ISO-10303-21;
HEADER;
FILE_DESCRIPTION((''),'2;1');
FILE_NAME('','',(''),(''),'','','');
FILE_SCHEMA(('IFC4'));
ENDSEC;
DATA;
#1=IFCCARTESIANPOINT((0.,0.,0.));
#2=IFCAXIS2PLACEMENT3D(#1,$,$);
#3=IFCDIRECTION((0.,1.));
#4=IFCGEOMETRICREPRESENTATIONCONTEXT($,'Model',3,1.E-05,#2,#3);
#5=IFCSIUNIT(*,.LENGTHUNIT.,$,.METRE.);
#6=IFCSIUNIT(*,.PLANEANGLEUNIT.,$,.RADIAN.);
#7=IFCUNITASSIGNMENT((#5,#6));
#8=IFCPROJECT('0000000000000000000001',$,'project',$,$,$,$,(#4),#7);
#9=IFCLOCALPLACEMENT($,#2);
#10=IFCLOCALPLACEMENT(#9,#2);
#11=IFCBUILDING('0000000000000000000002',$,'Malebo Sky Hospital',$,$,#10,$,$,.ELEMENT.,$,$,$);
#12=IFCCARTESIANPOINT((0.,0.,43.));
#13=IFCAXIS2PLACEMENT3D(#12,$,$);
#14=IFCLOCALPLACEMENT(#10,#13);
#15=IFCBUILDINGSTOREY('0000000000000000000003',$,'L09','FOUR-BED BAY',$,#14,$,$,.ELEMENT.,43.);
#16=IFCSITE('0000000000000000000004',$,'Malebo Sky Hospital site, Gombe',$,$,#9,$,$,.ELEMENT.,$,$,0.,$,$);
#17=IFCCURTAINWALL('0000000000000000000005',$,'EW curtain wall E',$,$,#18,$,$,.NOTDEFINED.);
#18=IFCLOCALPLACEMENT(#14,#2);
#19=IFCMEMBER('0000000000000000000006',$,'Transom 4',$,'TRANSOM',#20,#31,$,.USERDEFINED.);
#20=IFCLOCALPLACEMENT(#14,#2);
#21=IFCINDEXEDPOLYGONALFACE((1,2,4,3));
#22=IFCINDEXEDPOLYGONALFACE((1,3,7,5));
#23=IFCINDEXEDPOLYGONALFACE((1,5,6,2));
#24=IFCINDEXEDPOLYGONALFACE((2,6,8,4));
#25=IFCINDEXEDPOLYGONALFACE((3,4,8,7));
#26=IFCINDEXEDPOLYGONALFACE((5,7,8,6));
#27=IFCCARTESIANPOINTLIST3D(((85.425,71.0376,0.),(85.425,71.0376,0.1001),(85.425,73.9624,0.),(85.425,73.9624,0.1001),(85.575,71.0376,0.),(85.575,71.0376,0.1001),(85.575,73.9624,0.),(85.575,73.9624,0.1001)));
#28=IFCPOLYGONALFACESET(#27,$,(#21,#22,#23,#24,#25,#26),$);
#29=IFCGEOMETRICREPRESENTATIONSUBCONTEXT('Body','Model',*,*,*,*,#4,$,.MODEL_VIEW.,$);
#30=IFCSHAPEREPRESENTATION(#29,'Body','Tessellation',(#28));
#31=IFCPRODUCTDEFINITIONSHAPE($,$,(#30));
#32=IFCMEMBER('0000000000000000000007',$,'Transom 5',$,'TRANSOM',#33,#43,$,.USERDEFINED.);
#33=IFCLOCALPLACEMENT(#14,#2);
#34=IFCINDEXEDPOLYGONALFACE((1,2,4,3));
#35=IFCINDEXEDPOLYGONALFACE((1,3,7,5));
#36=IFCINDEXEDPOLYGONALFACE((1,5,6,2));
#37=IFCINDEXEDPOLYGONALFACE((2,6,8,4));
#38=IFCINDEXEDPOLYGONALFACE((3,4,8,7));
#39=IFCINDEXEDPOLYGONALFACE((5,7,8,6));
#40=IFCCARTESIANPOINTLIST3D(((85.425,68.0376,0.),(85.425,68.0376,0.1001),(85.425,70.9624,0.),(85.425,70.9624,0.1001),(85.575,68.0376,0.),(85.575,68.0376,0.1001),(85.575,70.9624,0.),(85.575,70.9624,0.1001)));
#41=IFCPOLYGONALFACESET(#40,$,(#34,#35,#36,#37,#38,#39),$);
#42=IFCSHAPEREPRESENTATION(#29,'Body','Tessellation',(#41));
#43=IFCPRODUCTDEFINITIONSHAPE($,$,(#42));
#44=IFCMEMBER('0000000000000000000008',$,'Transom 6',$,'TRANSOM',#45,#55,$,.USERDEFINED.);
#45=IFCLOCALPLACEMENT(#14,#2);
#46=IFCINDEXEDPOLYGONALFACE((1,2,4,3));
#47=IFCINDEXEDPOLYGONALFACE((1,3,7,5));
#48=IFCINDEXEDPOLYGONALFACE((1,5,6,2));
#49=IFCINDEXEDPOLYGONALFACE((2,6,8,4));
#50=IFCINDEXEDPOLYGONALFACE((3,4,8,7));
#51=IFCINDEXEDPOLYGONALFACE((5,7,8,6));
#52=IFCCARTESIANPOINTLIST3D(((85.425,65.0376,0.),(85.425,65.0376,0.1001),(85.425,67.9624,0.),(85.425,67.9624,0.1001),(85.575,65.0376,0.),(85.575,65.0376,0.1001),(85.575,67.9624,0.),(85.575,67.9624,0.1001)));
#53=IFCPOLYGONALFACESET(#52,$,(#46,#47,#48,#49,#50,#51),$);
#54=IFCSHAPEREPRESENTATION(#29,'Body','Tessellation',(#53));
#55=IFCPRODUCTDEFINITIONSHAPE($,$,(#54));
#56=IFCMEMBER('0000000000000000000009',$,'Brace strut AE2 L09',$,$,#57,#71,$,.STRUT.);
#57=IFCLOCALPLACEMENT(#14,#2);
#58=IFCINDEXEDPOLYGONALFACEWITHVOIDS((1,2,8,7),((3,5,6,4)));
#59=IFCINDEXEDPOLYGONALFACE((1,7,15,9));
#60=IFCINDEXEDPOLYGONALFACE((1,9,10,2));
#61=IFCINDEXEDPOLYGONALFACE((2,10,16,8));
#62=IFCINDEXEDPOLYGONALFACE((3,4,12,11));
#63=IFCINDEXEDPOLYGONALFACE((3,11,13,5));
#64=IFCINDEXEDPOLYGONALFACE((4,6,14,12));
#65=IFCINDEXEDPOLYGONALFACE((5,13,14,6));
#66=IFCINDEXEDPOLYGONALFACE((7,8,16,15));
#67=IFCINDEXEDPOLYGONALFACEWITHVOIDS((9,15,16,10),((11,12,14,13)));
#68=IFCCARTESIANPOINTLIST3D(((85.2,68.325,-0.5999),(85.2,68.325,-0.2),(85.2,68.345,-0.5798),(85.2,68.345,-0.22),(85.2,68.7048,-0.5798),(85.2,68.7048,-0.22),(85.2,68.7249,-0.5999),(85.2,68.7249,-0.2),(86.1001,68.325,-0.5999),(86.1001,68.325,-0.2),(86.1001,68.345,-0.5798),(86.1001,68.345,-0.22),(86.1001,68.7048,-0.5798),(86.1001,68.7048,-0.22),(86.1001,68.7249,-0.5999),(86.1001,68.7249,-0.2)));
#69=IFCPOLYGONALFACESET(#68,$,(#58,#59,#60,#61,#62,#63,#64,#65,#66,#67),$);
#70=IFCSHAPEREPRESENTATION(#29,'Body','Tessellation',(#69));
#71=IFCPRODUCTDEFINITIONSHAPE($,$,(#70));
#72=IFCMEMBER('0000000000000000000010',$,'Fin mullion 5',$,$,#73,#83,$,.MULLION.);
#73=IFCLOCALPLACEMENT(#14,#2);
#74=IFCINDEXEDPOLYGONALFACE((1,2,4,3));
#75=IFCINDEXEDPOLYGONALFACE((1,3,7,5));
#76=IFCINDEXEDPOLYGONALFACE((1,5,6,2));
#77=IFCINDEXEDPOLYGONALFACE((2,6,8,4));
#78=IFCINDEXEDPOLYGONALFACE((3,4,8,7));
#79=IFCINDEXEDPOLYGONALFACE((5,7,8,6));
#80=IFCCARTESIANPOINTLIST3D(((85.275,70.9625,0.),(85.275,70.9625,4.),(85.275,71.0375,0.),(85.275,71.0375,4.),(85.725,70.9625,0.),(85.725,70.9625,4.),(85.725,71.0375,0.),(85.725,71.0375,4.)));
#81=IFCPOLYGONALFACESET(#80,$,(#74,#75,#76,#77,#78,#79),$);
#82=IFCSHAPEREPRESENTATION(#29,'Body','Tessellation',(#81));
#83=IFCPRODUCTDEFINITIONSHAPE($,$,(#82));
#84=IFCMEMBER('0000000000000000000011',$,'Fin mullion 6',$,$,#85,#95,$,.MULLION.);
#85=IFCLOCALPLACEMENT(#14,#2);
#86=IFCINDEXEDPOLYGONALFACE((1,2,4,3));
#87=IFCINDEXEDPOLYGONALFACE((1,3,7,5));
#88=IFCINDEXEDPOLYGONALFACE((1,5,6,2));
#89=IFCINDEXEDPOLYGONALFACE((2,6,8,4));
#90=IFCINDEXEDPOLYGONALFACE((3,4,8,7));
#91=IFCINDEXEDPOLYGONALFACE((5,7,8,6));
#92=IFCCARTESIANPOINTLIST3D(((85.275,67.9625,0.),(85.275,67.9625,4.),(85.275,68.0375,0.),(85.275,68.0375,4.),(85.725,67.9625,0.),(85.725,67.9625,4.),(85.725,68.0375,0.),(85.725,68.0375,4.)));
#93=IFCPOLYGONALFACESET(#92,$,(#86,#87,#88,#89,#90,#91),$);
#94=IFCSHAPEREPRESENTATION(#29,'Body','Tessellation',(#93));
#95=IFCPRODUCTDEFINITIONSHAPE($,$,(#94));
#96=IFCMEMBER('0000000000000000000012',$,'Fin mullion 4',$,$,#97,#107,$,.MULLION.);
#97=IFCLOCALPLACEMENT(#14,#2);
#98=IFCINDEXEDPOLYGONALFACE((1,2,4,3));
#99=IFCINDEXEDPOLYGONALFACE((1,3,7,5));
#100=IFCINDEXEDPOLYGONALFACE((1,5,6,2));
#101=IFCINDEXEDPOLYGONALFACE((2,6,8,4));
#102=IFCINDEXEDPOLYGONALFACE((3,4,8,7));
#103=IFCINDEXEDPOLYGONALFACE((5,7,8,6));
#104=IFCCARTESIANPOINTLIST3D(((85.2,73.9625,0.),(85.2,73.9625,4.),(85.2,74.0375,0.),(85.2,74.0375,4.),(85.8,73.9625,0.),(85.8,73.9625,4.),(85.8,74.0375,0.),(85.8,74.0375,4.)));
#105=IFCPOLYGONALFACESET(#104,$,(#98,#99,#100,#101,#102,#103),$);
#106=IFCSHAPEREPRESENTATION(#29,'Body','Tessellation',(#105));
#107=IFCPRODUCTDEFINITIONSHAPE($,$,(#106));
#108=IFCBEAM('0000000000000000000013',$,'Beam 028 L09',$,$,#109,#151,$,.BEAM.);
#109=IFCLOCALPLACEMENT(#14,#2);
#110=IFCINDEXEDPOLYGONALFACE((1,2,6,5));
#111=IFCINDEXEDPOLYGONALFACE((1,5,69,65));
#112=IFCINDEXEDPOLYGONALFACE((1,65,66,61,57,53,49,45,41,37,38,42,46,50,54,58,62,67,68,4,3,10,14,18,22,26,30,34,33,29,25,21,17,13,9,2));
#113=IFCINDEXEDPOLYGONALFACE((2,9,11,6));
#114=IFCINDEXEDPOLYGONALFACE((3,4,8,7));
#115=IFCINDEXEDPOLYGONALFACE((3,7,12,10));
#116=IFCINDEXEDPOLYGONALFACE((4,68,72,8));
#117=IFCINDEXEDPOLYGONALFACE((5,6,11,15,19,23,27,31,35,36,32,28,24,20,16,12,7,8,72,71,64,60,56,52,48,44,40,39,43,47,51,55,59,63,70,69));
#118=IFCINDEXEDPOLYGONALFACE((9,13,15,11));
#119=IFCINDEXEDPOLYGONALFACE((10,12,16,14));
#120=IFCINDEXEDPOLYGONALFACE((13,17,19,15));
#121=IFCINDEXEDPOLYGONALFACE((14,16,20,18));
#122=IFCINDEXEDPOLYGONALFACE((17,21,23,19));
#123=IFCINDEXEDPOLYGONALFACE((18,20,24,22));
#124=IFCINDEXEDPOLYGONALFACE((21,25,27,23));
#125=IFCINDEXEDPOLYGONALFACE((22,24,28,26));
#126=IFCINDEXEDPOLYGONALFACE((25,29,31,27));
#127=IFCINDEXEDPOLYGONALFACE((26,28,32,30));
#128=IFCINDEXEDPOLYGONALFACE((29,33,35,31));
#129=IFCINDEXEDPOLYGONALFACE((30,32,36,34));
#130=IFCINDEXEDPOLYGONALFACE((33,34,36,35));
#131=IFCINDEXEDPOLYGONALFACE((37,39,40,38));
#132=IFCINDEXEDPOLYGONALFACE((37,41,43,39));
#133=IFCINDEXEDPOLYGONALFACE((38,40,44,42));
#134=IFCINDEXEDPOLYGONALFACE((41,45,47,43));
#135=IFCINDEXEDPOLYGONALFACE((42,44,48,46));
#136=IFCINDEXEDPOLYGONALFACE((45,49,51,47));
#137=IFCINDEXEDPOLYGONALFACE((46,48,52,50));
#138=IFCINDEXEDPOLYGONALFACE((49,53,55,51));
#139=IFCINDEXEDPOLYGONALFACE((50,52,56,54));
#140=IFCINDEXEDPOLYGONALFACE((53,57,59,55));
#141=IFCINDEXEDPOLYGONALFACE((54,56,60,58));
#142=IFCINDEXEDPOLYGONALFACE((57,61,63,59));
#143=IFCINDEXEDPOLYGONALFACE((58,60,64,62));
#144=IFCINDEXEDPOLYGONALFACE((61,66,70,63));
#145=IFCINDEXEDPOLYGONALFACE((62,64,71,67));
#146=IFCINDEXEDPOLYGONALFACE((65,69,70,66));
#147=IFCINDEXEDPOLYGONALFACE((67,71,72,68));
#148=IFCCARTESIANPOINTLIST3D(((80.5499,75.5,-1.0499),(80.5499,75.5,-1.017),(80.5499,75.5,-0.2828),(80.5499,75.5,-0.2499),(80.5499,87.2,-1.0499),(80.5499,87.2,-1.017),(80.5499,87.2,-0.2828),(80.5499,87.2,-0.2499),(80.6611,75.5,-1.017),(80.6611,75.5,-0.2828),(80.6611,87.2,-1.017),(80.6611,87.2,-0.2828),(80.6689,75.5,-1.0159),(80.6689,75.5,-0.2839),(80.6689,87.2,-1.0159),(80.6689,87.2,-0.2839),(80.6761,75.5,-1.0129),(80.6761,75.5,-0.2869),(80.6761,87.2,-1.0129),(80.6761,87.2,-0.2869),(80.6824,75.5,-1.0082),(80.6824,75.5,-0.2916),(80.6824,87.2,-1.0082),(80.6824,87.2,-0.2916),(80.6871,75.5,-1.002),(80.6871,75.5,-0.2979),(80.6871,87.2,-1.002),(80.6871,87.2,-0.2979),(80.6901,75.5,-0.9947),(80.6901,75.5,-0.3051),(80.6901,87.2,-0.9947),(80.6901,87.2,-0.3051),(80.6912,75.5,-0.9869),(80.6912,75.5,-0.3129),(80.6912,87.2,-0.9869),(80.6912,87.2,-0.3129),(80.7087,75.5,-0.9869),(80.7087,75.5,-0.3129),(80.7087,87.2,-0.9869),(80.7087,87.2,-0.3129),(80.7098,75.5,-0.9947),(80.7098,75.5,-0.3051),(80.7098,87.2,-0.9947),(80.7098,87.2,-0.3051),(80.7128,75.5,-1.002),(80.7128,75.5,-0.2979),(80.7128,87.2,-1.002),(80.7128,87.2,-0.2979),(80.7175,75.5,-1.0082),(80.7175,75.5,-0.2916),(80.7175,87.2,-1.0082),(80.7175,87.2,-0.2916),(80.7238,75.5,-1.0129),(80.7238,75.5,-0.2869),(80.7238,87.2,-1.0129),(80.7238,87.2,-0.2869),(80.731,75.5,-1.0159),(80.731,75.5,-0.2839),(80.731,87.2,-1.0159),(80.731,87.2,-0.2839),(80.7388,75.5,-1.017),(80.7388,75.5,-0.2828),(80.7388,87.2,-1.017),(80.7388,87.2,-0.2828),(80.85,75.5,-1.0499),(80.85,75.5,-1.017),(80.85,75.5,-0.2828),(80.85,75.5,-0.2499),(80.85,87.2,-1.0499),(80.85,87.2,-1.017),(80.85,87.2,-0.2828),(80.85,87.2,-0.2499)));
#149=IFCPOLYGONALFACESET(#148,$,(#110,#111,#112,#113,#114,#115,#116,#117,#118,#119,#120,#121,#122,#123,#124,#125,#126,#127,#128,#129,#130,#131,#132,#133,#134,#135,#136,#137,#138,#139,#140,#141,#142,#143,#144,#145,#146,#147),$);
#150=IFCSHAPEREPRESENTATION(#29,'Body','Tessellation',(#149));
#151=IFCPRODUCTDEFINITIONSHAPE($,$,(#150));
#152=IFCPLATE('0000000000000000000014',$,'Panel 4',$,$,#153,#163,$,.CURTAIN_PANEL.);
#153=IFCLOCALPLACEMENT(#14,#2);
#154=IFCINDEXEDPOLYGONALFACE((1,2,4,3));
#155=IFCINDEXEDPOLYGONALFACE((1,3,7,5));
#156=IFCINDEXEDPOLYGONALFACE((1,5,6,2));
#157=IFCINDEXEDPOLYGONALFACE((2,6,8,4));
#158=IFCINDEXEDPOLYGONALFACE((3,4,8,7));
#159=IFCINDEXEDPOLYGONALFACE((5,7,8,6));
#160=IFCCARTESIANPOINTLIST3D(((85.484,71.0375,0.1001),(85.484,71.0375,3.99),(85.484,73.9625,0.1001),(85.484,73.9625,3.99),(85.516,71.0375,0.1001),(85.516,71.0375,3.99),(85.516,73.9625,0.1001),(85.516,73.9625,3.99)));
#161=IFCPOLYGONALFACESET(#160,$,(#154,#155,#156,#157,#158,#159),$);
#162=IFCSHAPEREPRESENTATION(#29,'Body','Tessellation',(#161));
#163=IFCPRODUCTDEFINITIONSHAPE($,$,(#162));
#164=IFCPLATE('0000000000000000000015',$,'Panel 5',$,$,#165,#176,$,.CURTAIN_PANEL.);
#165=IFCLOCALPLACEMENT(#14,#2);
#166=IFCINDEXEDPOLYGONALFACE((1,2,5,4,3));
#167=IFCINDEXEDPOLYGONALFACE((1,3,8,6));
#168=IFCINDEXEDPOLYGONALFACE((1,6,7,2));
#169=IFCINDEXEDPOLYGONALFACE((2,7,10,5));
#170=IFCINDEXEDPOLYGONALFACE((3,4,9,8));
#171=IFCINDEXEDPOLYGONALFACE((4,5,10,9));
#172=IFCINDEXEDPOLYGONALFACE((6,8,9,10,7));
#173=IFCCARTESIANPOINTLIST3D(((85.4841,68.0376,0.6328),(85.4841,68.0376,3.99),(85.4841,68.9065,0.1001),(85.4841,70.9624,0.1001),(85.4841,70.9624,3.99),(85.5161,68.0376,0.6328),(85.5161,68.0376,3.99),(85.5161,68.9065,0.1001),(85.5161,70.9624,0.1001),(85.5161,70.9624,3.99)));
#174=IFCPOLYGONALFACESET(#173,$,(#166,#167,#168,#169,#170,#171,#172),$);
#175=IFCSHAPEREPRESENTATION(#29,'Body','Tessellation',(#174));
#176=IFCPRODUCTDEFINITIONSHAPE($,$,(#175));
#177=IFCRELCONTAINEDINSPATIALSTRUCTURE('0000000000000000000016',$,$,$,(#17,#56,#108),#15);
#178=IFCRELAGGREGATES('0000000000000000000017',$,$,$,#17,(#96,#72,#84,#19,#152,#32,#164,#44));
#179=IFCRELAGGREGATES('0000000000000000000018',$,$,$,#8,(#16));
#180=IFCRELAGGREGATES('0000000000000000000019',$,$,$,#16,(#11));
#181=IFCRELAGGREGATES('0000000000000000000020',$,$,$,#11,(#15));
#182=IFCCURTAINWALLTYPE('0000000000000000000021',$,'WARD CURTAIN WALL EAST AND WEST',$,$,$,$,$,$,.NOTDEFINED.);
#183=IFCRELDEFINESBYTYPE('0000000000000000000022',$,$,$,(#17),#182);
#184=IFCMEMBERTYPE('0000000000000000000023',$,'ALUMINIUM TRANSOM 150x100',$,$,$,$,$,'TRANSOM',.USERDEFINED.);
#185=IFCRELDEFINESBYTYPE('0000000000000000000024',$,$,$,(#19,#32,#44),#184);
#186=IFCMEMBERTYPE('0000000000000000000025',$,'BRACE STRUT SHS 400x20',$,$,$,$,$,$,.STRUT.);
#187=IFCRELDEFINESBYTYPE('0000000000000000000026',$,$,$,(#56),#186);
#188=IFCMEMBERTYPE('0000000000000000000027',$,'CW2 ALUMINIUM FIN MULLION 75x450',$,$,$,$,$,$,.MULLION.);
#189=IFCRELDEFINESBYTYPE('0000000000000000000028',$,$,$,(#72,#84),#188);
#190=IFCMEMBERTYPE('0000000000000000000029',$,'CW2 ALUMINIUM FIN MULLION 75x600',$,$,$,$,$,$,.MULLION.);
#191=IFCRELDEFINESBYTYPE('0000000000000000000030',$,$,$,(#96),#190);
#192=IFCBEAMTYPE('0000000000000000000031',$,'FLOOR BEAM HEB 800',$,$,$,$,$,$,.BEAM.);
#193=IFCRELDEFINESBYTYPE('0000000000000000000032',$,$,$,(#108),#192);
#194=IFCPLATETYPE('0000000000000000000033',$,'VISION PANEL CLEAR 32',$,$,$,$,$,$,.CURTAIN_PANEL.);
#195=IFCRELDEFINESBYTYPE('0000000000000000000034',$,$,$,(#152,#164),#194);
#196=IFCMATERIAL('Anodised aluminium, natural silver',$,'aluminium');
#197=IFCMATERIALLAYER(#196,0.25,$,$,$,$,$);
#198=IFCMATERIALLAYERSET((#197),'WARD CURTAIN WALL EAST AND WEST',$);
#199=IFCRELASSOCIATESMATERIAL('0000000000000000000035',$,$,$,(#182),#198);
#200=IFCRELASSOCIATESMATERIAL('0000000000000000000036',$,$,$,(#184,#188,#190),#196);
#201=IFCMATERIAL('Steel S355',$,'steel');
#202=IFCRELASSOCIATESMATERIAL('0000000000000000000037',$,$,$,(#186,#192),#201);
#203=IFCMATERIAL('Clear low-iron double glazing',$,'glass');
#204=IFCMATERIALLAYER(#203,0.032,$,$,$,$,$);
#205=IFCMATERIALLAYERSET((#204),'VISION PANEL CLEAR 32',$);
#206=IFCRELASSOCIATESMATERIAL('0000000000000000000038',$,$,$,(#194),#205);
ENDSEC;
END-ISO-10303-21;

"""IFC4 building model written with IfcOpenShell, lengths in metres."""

from ifc_helpers import new_model, si_unit, direction, frame, origin, origin_2d, place, context, subcontext, project, spatial, polyline, rectangle, hollow_rectangle, i_section, outline, extrude, material, layer, layer_set, material_profile, profile_set, type_object, element, aggregate, save


model = new_model("IFC4")

# Units and contexts
model_context = context("Model", 3, precision=1e-05, world=origin(), true_north=direction((0.0, 1.0)))
body_context = subcontext(model_context, "Body", "Model", "MODEL_VIEW")
ifc_project = project(units=[si_unit("LENGTHUNIT", "METRE"), si_unit("PLANEANGLEUNIT", "RADIAN")], contexts=[model_context])

# Site, building, storey
site_placement = place(None, origin())
site = spatial("IfcSite", under=ifc_project, at=site_placement, Name="Malebo Sky Hospital site, Gombe", CompositionType="ELEMENT", RefElevation=0.0)
building_placement = place(site_placement, origin())
building = spatial("IfcBuilding", under=site, at=building_placement, Name="Malebo Sky Hospital", CompositionType="ELEMENT")
storey_placement = place(building_placement, frame((0.0, 0.0, 43.0)))
storey = spatial("IfcBuildingStorey", under=building, at=storey_placement, Name="L09", Description="FOUR-BED BAY", CompositionType="ELEMENT", Elevation=43.0)

# Curtain wall, members
ifc_material_1 = material(Name="Anodised aluminium, natural silver", Category="aluminium")
ifc_layer_1 = layer(ifc_material_1, 0.25)
ifc_layer_set_1 = layer_set([ifc_layer_1], Name="WARD CURTAIN WALL EAST AND WEST")
curtain_wall_type = type_object("IfcCurtainWallType", Name="WARD CURTAIN WALL EAST AND WEST", PredefinedType="NOTDEFINED", material=ifc_layer_set_1)
curtain_wall_placement = place(storey_placement, origin())
curtain_wall = element("IfcCurtainWall", 1, at=curtain_wall_placement, inside=storey, type_object=curtain_wall_type, Name="EW curtain wall E", PredefinedType="NOTDEFINED")
ifc_material_profile_1 = material_profile(ifc_material_1, rectangle(XDim=0.1499, YDim=0.1001, at=origin_2d()), Name="ALUMINIUM TRANSOM 150x100")
ifc_profile_set_1 = profile_set([ifc_material_profile_1], Name="Anodised aluminium, natural silver")
member_type_1 = type_object("IfcMemberType", Name="ALUMINIUM TRANSOM 150x100", ElementType="TRANSOM", PredefinedType="USERDEFINED", material=ifc_profile_set_1)
member_1_placement = place(storey_placement, frame((85.5, 73.9624, 0.05), z_axis=(0.0, -1.0, 0.0), x_axis=(1.0, 0.0, 0.0)))
member_1 = element("IfcMember", 2, at=member_1_placement, type_object=member_type_1, Name="Transom 4", ObjectType="TRANSOM", PredefinedType="USERDEFINED", context=body_context, shape_type="SweptSolid", body=[
    extrude(rectangle(XDim=0.1499, YDim=0.1001, at=origin_2d()), origin(), (0.0, 0.0, 1.0), 2.9248),
])
member_2_placement = place(storey_placement, frame((85.5, 70.9624, 0.05), z_axis=(0.0, -1.0, 0.0), x_axis=(1.0, 0.0, 0.0)))
member_2 = element("IfcMember", 3, at=member_2_placement, type_object=member_type_1, Name="Transom 5", ObjectType="TRANSOM", PredefinedType="USERDEFINED", context=body_context, shape_type="SweptSolid", body=[
    extrude(rectangle(XDim=0.1499, YDim=0.1001, at=origin_2d()), origin(), (0.0, 0.0, 1.0), 2.9248),
])
member_3_placement = place(storey_placement, frame((85.5, 67.9624, 0.05), z_axis=(0.0, -1.0, 0.0), x_axis=(1.0, 0.0, 0.0)))
member_3 = element("IfcMember", 4, at=member_3_placement, type_object=member_type_1, Name="Transom 6", ObjectType="TRANSOM", PredefinedType="USERDEFINED", context=body_context, shape_type="SweptSolid", body=[
    extrude(rectangle(XDim=0.1499, YDim=0.1001, at=origin_2d()), origin(), (0.0, 0.0, 1.0), 2.9248),
])

# Members
ifc_material_2 = material(Name="Steel S355", Category="steel")
ifc_material_profile_2 = material_profile(ifc_material_2, hollow_rectangle(XDim=0.3999, YDim=0.3999, WallThickness=0.02, at=origin_2d()), Name="SHS 400x20")
ifc_profile_set_2 = profile_set([ifc_material_profile_2], Name="Steel S355")
member_type_2 = type_object("IfcMemberType", Name="BRACE STRUT SHS 400x20", PredefinedType="STRUT", material=ifc_profile_set_2)
member_4_placement = place(storey_placement, frame((86.1001, 68.5249, -0.3999), z_axis=(-1.0, 0.0, 0.0), x_axis=(0.0, -1.0, 0.0)))
element("IfcMember", 5, at=member_4_placement, inside=storey, type_object=member_type_2, Name="Brace strut AE2 L09", PredefinedType="STRUT", context=body_context, shape_type="SweptSolid", body=[
    extrude(hollow_rectangle(XDim=0.3999, YDim=0.3999, WallThickness=0.02, at=origin_2d()), origin(), (0.0, 0.0, 1.0), 0.9001),
])
ifc_material_profile_3 = material_profile(ifc_material_1, rectangle(XDim=0.075, YDim=0.45, at=origin_2d()), Name="CW2 ALUMINIUM FIN MULLION 75x450")
ifc_profile_set_3 = profile_set([ifc_material_profile_3], Name="Anodised aluminium, natural silver")
member_type_3 = type_object("IfcMemberType", Name="CW2 ALUMINIUM FIN MULLION 75x450", PredefinedType="MULLION", material=ifc_profile_set_3)
member_5_placement = place(storey_placement, frame((85.5, 71.0, 0.0), z_axis=(0.0, 0.0, 1.0), x_axis=(0.0, -1.0, 0.0)))
member_5 = element("IfcMember", 6, at=member_5_placement, type_object=member_type_3, Name="Fin mullion 5", PredefinedType="MULLION", context=body_context, shape_type="SweptSolid", body=[
    extrude(rectangle(XDim=0.075, YDim=0.45, at=origin_2d()), origin(), (0.0, 0.0, 1.0), 4.0),
])
member_6_placement = place(storey_placement, frame((85.5, 68.0, 0.0), z_axis=(0.0, 0.0, 1.0), x_axis=(0.0, -1.0, 0.0)))
member_6 = element("IfcMember", 7, at=member_6_placement, type_object=member_type_3, Name="Fin mullion 6", PredefinedType="MULLION", context=body_context, shape_type="SweptSolid", body=[
    extrude(rectangle(XDim=0.075, YDim=0.45, at=origin_2d()), origin(), (0.0, 0.0, 1.0), 4.0),
])
ifc_material_profile_4 = material_profile(ifc_material_1, rectangle(XDim=0.075, YDim=0.6001, at=origin_2d()), Name="CW2 ALUMINIUM FIN MULLION 75x600")
ifc_profile_set_4 = profile_set([ifc_material_profile_4], Name="Anodised aluminium, natural silver")
member_type_4 = type_object("IfcMemberType", Name="CW2 ALUMINIUM FIN MULLION 75x600", PredefinedType="MULLION", material=ifc_profile_set_4)
member_7_placement = place(storey_placement, frame((85.5, 74.0, 0.0), z_axis=(0.0, 0.0, 1.0), x_axis=(0.0, -1.0, 0.0)))
member_7 = element("IfcMember", 8, at=member_7_placement, type_object=member_type_4, Name="Fin mullion 4", PredefinedType="MULLION", context=body_context, shape_type="SweptSolid", body=[
    extrude(rectangle(XDim=0.075, YDim=0.6001, at=origin_2d()), origin(), (0.0, 0.0, 1.0), 4.0),
])

# Beam
ifc_material_profile_5 = material_profile(ifc_material_2, i_section(OverallWidth=0.3, OverallDepth=0.8, WebThickness=0.0176, FlangeThickness=0.033, FilletRadius=0.03, at=origin_2d()), Name="HEB 800")
ifc_profile_set_5 = profile_set([ifc_material_profile_5], Name="Steel S355")
beam_type = type_object("IfcBeamType", Name="FLOOR BEAM HEB 800", PredefinedType="BEAM", material=ifc_profile_set_5)
beam_placement = place(storey_placement, frame((80.7, 75.5, -0.6499), z_axis=(0.0, 1.0, 0.0), x_axis=(-1.0, 0.0, 0.0)))
element("IfcBeam", 9, at=beam_placement, inside=storey, type_object=beam_type, Name="Beam 028 L09", PredefinedType="BEAM", context=body_context, shape_type="SweptSolid", body=[
    extrude(i_section(OverallWidth=0.3, OverallDepth=0.8, WebThickness=0.0176, FlangeThickness=0.033, FilletRadius=0.03, at=origin_2d()), origin(), (0.0, 0.0, 1.0), 11.7),
])

# Plates
ifc_material_3 = material(Name="Clear low-iron double glazing", Category="glass")
ifc_layer_2 = layer(ifc_material_3, 0.032)
ifc_layer_set_2 = layer_set([ifc_layer_2], Name="VISION PANEL CLEAR 32")
plate_type = type_object("IfcPlateType", Name="VISION PANEL CLEAR 32", PredefinedType="CURTAIN_PANEL", material=ifc_layer_set_2)
plate_1_placement = place(storey_placement, frame((85.5, 72.5, 0.1001), z_axis=(0.0, 0.0, 1.0), x_axis=(0.0, -1.0, 0.0)))
plate_1 = element("IfcPlate", 10, at=plate_1_placement, type_object=plate_type, Name="Panel 4", PredefinedType="CURTAIN_PANEL", context=body_context, shape_type="SweptSolid", body=[
    extrude(rectangle(XDim=2.925, YDim=0.032, at=origin_2d()), origin(), (0.0, 0.0, 1.0), 3.8899),
])
plate_2_placement = place(storey_placement, frame((85.5, 69.5, 0.1001), z_axis=(0.0, 0.0, 1.0), x_axis=(0.0, -1.0, 0.0)))
plate_2 = element("IfcPlate", 11, at=plate_2_placement, type_object=plate_type, Name="Panel 5", PredefinedType="CURTAIN_PANEL", context=body_context, shape_type="SweptSolid", body=[
    extrude(outline(polyline([(-1.4624, 0.0), (0.5935, 0.0), (1.4624, 0.5327), (1.4624, 3.8899), (-1.4624, 3.8899), (-1.4624, 0.0)])), frame((0.0, 0.0161, 0.0), z_axis=(0.0, -1.0, 0.0), x_axis=(1.0, 0.0, 0.0)), (0.0, 0.0, 1.0), 0.032),
])
aggregate(curtain_wall, [member_7, member_5, member_6, member_1, plate_1, member_2, plate_2, member_3])

save(model, "model.ifc")
